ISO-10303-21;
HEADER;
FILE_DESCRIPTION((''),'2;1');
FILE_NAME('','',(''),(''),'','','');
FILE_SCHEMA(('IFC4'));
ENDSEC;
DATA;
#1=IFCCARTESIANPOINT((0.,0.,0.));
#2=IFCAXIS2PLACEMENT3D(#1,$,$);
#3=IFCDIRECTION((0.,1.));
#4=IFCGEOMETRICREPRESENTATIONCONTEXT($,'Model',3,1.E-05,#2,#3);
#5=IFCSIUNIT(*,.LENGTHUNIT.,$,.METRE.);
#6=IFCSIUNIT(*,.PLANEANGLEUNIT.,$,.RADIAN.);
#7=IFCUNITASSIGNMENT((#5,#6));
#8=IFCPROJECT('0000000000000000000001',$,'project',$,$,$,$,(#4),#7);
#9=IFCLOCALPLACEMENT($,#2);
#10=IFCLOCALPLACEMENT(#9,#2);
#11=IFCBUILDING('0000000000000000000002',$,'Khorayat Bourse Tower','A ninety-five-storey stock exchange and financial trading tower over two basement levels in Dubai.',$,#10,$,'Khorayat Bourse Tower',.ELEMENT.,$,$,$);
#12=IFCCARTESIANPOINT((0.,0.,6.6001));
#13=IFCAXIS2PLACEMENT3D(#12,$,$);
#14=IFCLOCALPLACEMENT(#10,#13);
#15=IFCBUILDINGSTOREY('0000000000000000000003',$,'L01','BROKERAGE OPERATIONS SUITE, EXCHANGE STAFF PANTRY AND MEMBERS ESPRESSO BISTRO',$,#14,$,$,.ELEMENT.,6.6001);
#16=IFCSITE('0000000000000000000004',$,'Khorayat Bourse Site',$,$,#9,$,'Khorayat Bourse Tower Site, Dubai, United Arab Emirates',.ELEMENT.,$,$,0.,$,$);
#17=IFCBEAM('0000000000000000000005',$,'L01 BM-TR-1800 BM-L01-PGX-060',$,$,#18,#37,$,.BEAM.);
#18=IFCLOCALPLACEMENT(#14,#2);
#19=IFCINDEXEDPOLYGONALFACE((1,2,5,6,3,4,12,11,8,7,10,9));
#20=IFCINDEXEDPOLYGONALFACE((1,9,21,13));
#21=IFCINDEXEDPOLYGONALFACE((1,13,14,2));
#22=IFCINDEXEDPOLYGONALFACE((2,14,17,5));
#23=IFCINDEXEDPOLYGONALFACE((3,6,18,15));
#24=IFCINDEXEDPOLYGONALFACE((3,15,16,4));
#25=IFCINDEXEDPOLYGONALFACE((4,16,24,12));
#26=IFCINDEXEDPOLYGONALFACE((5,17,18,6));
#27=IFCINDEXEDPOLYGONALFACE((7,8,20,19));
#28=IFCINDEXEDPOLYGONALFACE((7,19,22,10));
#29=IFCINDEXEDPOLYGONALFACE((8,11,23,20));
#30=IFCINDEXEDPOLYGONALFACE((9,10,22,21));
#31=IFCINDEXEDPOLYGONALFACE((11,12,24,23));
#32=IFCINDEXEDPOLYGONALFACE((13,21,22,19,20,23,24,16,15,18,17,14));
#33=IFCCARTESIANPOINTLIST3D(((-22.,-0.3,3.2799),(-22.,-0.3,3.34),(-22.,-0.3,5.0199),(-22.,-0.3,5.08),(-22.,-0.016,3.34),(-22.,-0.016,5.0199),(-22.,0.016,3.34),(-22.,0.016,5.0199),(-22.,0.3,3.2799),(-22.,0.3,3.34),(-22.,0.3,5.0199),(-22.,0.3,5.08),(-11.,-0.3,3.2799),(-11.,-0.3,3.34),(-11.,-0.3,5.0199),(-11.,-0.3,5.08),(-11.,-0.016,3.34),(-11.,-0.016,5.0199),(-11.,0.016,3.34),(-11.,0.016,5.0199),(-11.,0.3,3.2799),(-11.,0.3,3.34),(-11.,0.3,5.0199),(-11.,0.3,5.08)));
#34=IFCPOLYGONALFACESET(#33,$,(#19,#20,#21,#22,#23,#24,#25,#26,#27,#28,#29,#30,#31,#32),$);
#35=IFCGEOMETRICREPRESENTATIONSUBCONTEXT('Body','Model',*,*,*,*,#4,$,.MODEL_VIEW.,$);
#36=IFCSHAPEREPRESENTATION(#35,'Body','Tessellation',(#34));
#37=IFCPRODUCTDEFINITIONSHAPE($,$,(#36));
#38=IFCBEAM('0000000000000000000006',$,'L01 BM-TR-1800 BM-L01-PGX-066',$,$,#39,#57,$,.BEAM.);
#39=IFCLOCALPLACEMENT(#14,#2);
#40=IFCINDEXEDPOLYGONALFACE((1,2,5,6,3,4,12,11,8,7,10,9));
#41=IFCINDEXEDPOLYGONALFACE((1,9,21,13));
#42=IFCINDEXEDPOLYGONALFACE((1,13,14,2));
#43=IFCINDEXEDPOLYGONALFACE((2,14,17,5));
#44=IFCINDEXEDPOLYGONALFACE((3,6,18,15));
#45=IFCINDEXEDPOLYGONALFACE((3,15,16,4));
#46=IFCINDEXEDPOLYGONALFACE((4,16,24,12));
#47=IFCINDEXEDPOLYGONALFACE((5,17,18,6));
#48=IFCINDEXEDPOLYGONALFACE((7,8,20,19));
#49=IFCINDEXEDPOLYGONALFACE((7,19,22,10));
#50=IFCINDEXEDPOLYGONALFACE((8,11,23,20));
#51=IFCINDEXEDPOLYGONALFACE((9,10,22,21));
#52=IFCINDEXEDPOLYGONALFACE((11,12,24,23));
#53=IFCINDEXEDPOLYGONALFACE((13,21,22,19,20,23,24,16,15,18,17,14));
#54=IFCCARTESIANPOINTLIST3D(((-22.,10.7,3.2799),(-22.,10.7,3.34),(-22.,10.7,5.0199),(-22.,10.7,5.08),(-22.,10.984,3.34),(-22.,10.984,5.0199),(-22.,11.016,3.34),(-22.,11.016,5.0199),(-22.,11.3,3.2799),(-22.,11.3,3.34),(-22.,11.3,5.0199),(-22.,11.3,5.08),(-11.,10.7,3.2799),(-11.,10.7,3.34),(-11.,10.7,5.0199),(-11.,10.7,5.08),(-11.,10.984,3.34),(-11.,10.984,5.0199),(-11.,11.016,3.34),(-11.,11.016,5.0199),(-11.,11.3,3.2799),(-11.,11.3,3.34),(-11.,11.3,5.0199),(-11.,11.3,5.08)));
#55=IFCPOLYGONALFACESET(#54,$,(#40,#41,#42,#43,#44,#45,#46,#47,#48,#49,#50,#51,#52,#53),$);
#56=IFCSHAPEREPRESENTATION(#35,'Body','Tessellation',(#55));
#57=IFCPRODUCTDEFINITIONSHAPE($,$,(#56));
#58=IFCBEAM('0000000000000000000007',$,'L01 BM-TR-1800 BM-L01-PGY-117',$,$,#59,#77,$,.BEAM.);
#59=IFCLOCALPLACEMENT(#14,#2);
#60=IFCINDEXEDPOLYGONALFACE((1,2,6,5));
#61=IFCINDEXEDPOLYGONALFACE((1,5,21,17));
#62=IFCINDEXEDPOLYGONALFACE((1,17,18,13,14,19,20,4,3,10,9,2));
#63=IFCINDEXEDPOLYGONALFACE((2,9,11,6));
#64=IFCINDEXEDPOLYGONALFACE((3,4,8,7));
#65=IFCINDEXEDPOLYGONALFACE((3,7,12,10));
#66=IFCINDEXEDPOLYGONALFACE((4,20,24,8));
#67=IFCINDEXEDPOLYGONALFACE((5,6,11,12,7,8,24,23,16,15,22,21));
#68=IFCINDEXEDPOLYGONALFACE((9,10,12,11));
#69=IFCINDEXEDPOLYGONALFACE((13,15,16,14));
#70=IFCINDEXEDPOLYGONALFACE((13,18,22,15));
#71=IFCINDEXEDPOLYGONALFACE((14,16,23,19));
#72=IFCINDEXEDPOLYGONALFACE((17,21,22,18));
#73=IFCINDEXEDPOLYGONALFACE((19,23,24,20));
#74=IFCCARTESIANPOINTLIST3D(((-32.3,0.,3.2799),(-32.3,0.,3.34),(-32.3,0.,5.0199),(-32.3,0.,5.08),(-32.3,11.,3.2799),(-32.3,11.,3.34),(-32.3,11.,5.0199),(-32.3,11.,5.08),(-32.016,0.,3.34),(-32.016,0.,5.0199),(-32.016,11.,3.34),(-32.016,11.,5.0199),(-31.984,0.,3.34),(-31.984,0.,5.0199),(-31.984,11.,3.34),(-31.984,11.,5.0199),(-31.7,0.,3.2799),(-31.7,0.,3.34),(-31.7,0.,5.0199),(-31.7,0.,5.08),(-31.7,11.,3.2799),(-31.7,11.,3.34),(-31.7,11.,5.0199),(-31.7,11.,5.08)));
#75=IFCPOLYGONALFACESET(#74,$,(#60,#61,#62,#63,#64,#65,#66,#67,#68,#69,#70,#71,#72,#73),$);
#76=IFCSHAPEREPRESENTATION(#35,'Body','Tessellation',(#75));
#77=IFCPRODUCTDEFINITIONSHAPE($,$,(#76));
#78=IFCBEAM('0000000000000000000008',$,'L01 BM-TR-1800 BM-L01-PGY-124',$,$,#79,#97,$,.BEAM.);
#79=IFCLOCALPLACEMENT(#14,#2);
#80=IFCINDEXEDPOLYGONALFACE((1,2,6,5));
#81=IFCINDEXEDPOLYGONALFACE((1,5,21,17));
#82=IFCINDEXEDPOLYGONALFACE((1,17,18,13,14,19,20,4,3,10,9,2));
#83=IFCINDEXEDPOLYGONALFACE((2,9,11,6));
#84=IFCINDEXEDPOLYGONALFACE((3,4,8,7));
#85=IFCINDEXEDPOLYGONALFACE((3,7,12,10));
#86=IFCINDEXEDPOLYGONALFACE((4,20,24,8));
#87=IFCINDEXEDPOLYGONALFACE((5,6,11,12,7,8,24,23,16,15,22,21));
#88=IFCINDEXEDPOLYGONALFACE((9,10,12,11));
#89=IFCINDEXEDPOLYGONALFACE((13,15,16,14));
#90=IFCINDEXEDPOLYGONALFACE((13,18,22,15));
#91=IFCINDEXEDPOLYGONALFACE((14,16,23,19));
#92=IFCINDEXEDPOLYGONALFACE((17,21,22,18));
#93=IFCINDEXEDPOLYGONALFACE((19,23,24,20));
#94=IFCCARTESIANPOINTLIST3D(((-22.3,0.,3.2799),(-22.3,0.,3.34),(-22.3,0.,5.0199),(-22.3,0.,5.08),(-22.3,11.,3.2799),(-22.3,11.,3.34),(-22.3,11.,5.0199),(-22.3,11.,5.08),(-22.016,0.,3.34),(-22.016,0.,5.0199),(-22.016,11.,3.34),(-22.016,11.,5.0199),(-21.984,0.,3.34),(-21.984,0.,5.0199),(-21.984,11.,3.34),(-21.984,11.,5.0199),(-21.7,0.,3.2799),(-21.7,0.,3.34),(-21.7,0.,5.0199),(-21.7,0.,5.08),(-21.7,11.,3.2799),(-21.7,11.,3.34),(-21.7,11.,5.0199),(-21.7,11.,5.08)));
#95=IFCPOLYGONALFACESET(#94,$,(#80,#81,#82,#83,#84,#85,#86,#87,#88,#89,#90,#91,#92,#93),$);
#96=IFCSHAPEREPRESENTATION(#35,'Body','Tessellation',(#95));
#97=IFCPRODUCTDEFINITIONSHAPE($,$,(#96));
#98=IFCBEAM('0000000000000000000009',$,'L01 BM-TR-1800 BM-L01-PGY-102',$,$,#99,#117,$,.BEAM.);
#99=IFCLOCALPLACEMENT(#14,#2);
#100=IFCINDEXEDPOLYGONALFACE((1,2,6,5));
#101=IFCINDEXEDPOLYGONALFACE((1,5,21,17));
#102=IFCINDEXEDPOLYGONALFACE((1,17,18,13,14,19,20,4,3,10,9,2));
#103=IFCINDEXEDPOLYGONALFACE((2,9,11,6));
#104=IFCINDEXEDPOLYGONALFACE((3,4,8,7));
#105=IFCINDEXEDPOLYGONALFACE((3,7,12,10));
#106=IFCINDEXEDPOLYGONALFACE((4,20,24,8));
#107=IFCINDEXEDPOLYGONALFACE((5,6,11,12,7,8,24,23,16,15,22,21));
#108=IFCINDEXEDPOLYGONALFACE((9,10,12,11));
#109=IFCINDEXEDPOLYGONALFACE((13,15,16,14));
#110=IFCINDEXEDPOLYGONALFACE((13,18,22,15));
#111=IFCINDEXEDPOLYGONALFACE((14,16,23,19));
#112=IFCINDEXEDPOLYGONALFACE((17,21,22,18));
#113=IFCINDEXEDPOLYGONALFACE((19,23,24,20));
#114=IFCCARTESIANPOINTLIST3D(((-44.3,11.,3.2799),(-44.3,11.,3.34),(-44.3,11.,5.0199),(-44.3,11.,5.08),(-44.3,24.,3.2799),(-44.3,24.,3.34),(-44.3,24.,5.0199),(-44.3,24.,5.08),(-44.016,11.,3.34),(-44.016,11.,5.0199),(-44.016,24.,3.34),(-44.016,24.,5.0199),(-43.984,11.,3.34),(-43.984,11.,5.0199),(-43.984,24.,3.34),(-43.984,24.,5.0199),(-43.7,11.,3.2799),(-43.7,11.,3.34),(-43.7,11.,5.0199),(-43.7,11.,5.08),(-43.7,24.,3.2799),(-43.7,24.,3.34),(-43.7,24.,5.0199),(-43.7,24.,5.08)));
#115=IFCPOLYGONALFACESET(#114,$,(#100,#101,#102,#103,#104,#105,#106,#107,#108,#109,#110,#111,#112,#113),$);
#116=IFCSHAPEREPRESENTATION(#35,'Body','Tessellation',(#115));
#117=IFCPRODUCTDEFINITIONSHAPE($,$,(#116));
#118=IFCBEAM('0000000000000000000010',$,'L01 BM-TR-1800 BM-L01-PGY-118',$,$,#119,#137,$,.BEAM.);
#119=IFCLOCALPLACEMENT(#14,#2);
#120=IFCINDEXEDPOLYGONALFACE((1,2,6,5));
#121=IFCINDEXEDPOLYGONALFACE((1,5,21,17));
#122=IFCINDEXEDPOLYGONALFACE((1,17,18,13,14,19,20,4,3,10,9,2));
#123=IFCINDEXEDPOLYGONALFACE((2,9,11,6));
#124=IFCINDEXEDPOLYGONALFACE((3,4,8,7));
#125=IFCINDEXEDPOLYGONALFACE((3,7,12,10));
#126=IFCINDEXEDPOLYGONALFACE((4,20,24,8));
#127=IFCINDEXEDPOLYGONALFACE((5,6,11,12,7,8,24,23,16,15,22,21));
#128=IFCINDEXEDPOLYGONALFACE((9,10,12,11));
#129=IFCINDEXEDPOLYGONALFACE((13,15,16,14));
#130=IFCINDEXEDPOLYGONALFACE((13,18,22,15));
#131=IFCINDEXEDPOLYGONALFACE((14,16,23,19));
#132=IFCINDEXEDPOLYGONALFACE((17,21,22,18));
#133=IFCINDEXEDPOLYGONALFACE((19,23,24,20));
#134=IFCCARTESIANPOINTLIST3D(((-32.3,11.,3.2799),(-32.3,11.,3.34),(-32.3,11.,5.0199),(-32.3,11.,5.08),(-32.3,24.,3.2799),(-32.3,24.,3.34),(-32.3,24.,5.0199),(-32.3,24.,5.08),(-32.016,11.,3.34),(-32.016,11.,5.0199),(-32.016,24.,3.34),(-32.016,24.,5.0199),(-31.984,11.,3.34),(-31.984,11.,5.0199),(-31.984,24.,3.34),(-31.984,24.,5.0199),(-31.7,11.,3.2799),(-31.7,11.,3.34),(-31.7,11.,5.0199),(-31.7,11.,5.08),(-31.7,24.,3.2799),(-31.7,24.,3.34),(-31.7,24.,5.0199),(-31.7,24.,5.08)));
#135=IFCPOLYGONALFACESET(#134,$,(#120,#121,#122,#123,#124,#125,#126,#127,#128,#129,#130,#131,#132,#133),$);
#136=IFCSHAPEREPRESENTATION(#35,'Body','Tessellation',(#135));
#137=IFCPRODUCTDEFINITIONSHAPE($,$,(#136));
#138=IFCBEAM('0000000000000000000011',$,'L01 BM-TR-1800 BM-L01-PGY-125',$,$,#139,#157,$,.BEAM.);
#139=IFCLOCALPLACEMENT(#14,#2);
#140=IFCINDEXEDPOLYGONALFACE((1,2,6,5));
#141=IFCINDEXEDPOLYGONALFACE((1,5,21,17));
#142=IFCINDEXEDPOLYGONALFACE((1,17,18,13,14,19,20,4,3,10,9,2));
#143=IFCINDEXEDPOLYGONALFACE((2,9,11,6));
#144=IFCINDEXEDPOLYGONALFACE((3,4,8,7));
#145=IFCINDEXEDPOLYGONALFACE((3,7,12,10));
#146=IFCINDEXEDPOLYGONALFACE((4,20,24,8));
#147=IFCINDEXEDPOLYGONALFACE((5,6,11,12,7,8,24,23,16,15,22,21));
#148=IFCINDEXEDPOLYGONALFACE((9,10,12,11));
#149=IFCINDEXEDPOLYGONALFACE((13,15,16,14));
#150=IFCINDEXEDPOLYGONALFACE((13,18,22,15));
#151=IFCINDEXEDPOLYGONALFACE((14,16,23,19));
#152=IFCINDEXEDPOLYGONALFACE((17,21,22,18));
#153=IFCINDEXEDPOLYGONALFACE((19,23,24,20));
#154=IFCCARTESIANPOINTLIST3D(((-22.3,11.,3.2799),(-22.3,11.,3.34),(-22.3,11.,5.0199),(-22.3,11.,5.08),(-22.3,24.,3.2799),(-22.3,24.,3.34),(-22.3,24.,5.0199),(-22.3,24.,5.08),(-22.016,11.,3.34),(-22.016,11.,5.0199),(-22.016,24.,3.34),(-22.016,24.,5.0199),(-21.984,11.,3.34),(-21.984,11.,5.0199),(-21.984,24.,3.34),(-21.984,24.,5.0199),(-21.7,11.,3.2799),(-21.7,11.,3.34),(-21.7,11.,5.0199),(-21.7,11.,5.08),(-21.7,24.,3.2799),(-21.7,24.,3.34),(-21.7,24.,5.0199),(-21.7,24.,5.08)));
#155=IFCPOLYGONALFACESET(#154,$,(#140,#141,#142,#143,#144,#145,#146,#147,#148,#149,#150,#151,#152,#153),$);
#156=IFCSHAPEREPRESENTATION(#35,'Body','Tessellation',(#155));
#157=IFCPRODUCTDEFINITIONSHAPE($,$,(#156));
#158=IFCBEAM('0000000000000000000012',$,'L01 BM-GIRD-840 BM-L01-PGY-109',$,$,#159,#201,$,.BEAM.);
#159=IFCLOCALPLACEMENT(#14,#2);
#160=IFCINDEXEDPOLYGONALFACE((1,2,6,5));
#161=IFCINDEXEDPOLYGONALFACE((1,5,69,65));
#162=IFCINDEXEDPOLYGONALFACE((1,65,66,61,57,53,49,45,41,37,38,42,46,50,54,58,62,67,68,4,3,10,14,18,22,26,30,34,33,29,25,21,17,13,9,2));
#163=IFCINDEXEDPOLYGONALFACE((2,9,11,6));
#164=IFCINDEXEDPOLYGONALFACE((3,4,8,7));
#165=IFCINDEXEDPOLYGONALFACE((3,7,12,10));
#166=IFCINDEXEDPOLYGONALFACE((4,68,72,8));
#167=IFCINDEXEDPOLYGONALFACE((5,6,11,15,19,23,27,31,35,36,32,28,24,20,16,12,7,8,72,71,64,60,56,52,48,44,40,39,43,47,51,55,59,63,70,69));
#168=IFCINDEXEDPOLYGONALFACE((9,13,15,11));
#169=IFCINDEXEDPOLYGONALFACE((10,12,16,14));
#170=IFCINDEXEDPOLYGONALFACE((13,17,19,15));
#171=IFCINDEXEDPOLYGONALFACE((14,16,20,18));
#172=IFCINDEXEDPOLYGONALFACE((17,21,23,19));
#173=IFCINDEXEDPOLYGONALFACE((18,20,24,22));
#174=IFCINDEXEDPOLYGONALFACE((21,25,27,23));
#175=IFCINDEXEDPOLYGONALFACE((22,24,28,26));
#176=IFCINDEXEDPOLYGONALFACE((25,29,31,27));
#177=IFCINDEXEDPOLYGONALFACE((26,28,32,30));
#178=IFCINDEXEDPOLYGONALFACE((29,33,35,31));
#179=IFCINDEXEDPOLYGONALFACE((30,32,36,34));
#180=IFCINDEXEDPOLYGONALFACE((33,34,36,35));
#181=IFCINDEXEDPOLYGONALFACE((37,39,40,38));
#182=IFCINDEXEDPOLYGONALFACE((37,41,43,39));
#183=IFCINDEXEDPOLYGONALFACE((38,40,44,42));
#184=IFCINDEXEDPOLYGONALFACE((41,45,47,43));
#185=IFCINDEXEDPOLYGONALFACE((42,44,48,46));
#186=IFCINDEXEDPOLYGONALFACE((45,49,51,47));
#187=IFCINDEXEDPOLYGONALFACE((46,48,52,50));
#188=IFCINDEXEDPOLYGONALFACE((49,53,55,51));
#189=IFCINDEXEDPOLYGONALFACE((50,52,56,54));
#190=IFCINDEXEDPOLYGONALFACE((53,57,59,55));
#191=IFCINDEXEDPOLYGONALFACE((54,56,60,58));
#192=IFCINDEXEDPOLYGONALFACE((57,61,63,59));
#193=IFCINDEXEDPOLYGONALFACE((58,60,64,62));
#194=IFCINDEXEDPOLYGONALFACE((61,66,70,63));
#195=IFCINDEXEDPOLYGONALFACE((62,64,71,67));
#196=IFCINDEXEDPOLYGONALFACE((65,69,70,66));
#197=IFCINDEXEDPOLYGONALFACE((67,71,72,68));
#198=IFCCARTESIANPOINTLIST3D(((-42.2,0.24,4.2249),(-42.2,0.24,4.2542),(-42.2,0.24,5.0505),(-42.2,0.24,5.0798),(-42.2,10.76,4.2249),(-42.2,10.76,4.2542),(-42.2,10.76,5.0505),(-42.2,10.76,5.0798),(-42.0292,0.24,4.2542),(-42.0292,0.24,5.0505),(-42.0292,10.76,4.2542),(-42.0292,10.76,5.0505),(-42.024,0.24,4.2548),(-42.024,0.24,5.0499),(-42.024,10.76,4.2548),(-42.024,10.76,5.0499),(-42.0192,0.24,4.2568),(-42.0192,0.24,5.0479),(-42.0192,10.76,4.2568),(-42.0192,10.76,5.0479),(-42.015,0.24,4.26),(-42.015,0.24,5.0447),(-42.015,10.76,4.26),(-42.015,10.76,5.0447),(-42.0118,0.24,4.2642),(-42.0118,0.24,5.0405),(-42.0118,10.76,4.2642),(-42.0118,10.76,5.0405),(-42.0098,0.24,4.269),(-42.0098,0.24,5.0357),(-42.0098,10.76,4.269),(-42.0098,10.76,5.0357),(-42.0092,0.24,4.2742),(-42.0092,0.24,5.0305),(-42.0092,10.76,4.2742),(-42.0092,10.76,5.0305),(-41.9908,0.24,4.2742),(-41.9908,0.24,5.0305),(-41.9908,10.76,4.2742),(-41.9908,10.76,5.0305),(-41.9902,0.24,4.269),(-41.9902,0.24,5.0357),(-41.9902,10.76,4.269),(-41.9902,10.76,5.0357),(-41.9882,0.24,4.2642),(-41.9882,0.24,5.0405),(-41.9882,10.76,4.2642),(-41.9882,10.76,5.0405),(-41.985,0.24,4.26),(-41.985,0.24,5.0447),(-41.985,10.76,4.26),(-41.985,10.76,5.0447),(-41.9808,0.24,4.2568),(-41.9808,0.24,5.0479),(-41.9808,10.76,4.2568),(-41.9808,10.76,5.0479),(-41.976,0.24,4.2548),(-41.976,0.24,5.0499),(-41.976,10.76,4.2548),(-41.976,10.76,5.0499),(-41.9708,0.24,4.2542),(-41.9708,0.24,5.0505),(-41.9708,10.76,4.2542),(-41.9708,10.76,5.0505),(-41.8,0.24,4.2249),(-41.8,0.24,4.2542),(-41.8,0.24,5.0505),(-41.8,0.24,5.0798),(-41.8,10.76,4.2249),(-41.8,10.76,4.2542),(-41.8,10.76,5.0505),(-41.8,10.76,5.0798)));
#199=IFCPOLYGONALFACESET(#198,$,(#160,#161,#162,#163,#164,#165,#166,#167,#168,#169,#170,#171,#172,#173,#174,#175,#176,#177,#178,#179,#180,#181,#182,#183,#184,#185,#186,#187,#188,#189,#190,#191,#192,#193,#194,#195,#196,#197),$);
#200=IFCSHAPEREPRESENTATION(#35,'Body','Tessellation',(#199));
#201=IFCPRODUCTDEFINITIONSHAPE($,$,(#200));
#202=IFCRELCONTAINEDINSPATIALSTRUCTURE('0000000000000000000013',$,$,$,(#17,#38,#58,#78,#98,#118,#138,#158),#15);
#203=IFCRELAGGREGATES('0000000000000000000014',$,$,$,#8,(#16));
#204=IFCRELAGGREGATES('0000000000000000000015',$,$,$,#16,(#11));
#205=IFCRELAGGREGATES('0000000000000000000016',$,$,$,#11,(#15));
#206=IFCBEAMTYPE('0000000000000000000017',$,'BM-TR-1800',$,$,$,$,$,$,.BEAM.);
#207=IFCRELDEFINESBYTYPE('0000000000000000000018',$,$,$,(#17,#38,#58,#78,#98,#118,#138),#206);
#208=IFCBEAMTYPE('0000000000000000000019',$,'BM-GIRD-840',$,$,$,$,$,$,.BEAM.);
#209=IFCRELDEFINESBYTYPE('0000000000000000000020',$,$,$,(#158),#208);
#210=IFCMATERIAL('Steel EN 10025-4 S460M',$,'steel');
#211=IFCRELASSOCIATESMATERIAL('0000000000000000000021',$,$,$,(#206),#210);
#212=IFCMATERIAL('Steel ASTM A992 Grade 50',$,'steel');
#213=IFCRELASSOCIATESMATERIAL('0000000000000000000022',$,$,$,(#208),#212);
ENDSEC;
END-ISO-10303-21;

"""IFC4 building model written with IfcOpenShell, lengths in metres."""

from ifc_helpers import new_model, si_unit, direction, frame, origin, origin_2d, place, context, subcontext, project, spatial, i_section, extrude, source, transform, mapped, material, material_profile, profile_set, type_object, element, save


model = new_model("IFC4")

# Units and contexts
model_context = context("Model", 3, precision=1e-05, world=origin(), true_north=direction((0.0, 1.0)))
body_context = subcontext(model_context, "Body", "Model", "MODEL_VIEW")
ifc_project = project(units=[si_unit("LENGTHUNIT", "METRE"), si_unit("PLANEANGLEUNIT", "RADIAN")], contexts=[model_context])

# Site, building, storey
site_placement = place(None, origin())
site = spatial("IfcSite", under=ifc_project, at=site_placement, Name="Khorayat Bourse Site", LongName="Khorayat Bourse Tower Site, Dubai, United Arab Emirates", CompositionType="ELEMENT", RefElevation=0.0)
building_placement = place(site_placement, origin())
building = spatial("IfcBuilding", under=site, at=building_placement, Name="Khorayat Bourse Tower", Description="A ninety-five-storey stock exchange and financial trading tower over two basement levels in Dubai.", LongName="Khorayat Bourse Tower", CompositionType="ELEMENT")
storey_placement = place(building_placement, frame((0.0, 0.0, 6.6001)))
storey = spatial("IfcBuildingStorey", under=building, at=storey_placement, Name="L01", Description="BROKERAGE OPERATIONS SUITE, EXCHANGE STAFF PANTRY AND MEMBERS ESPRESSO BISTRO", CompositionType="ELEMENT", Elevation=6.6001)

# Beams
ifc_material_1 = material(Name="Steel EN 10025-4 S460M", Category="steel")
ifc_material_profile_1 = material_profile(ifc_material_1, i_section(OverallWidth=0.6001, OverallDepth=1.8, WebThickness=0.032, FlangeThickness=0.0601, at=origin_2d()), Name="PG 1800x600x32x60")
ifc_profile_set_1 = profile_set([ifc_material_profile_1], Name="Steel EN 10025-4 S460M")
beam_type_1 = type_object("IfcBeamType", Name="BM-TR-1800", PredefinedType="BEAM", material=ifc_profile_set_1)
shared_shape_1 = source(origin(), body_context, "Body", "SweptSolid", [
    extrude(i_section(OverallWidth=0.6001, OverallDepth=1.8, WebThickness=0.032, FlangeThickness=0.0601, at=origin_2d()), origin(), (0.0, 0.0, 1.0), 11.0),
])
for number, where, z_axis, x_axis, name in (
    (1, (-22.0, 0.0, 4.1799), (1.0, 0.0, 0.0), (0.0, 1.0, 0.0), "L01 BM-TR-1800 BM-L01-PGX-060"),
    (2, (-22.0, 11.0, 4.1799), (1.0, 0.0, 0.0), (0.0, 1.0, 0.0), "L01 BM-TR-1800 BM-L01-PGX-066"),
    (3, (-32.0, 0.0, 4.1799), (0.0, 1.0, 0.0), (-1.0, 0.0, 0.0), "L01 BM-TR-1800 BM-L01-PGY-117"),
    (4, (-22.0, 0.0, 4.1799), (0.0, 1.0, 0.0), (-1.0, 0.0, 0.0), "L01 BM-TR-1800 BM-L01-PGY-124"),
):
    element("IfcBeam", number, at=place(storey_placement, frame(where, z_axis=z_axis, x_axis=x_axis)), inside=storey, type_object=beam_type_1, Name=name, PredefinedType="BEAM", context=body_context, shape_type="MappedRepresentation", body=[
        mapped(shared_shape_1, transform((0.0, 0.0, 0.0), scale=1.0)),
    ])
shared_shape_2 = source(origin(), body_context, "Body", "SweptSolid", [
    extrude(i_section(OverallWidth=0.6001, OverallDepth=1.8, WebThickness=0.032, FlangeThickness=0.0601, at=origin_2d()), origin(), (0.0, 0.0, 1.0), 13.0),
])
for number, where, z_axis, x_axis, name in (
    (5, (-44.0, 11.0, 4.1799), (0.0, 1.0, 0.0), (-1.0, 0.0, 0.0), "L01 BM-TR-1800 BM-L01-PGY-102"),
    (6, (-32.0, 11.0, 4.1799), (0.0, 1.0, 0.0), (-1.0, 0.0, 0.0), "L01 BM-TR-1800 BM-L01-PGY-118"),
    (7, (-22.0, 11.0, 4.1799), (0.0, 1.0, 0.0), (-1.0, 0.0, 0.0), "L01 BM-TR-1800 BM-L01-PGY-125"),
):
    element("IfcBeam", number, at=place(storey_placement, frame(where, z_axis=z_axis, x_axis=x_axis)), inside=storey, type_object=beam_type_1, Name=name, PredefinedType="BEAM", context=body_context, shape_type="MappedRepresentation", body=[
        mapped(shared_shape_2, transform((0.0, 0.0, 0.0), scale=1.0)),
    ])
ifc_material_2 = material(Name="Steel ASTM A992 Grade 50", Category="steel")
ifc_material_profile_2 = material_profile(ifc_material_2, i_section(OverallWidth=0.3999, OverallDepth=0.855, WebThickness=0.0183, FlangeThickness=0.0293, FilletRadius=0.02, at=origin_2d()), Name="W840X299")
ifc_profile_set_2 = profile_set([ifc_material_profile_2], Name="Steel ASTM A992 Grade 50")
beam_type_2 = type_object("IfcBeamType", Name="BM-GIRD-840", PredefinedType="BEAM", material=ifc_profile_set_2)
shared_shape_3 = source(origin(), body_context, "Body", "SweptSolid", [
    extrude(i_section(OverallWidth=0.3999, OverallDepth=0.855, WebThickness=0.0183, FlangeThickness=0.0293, FilletRadius=0.02, at=origin_2d()), origin(), (0.0, 0.0, 1.0), 10.52),
])
beam_1_placement = place(storey_placement, frame((-42.0, 0.24, 4.6523), z_axis=(0.0, 1.0, 0.0), x_axis=(-1.0, 0.0, 0.0)))
element("IfcBeam", 8, at=beam_1_placement, inside=storey, type_object=beam_type_2, Name="L01 BM-GIRD-840 BM-L01-PGY-109", PredefinedType="BEAM", context=body_context, shape_type="MappedRepresentation", body=[
    mapped(shared_shape_3, transform((0.0, 0.0, 0.0), scale=1.0)),
])

save(model, "model.ifc")
